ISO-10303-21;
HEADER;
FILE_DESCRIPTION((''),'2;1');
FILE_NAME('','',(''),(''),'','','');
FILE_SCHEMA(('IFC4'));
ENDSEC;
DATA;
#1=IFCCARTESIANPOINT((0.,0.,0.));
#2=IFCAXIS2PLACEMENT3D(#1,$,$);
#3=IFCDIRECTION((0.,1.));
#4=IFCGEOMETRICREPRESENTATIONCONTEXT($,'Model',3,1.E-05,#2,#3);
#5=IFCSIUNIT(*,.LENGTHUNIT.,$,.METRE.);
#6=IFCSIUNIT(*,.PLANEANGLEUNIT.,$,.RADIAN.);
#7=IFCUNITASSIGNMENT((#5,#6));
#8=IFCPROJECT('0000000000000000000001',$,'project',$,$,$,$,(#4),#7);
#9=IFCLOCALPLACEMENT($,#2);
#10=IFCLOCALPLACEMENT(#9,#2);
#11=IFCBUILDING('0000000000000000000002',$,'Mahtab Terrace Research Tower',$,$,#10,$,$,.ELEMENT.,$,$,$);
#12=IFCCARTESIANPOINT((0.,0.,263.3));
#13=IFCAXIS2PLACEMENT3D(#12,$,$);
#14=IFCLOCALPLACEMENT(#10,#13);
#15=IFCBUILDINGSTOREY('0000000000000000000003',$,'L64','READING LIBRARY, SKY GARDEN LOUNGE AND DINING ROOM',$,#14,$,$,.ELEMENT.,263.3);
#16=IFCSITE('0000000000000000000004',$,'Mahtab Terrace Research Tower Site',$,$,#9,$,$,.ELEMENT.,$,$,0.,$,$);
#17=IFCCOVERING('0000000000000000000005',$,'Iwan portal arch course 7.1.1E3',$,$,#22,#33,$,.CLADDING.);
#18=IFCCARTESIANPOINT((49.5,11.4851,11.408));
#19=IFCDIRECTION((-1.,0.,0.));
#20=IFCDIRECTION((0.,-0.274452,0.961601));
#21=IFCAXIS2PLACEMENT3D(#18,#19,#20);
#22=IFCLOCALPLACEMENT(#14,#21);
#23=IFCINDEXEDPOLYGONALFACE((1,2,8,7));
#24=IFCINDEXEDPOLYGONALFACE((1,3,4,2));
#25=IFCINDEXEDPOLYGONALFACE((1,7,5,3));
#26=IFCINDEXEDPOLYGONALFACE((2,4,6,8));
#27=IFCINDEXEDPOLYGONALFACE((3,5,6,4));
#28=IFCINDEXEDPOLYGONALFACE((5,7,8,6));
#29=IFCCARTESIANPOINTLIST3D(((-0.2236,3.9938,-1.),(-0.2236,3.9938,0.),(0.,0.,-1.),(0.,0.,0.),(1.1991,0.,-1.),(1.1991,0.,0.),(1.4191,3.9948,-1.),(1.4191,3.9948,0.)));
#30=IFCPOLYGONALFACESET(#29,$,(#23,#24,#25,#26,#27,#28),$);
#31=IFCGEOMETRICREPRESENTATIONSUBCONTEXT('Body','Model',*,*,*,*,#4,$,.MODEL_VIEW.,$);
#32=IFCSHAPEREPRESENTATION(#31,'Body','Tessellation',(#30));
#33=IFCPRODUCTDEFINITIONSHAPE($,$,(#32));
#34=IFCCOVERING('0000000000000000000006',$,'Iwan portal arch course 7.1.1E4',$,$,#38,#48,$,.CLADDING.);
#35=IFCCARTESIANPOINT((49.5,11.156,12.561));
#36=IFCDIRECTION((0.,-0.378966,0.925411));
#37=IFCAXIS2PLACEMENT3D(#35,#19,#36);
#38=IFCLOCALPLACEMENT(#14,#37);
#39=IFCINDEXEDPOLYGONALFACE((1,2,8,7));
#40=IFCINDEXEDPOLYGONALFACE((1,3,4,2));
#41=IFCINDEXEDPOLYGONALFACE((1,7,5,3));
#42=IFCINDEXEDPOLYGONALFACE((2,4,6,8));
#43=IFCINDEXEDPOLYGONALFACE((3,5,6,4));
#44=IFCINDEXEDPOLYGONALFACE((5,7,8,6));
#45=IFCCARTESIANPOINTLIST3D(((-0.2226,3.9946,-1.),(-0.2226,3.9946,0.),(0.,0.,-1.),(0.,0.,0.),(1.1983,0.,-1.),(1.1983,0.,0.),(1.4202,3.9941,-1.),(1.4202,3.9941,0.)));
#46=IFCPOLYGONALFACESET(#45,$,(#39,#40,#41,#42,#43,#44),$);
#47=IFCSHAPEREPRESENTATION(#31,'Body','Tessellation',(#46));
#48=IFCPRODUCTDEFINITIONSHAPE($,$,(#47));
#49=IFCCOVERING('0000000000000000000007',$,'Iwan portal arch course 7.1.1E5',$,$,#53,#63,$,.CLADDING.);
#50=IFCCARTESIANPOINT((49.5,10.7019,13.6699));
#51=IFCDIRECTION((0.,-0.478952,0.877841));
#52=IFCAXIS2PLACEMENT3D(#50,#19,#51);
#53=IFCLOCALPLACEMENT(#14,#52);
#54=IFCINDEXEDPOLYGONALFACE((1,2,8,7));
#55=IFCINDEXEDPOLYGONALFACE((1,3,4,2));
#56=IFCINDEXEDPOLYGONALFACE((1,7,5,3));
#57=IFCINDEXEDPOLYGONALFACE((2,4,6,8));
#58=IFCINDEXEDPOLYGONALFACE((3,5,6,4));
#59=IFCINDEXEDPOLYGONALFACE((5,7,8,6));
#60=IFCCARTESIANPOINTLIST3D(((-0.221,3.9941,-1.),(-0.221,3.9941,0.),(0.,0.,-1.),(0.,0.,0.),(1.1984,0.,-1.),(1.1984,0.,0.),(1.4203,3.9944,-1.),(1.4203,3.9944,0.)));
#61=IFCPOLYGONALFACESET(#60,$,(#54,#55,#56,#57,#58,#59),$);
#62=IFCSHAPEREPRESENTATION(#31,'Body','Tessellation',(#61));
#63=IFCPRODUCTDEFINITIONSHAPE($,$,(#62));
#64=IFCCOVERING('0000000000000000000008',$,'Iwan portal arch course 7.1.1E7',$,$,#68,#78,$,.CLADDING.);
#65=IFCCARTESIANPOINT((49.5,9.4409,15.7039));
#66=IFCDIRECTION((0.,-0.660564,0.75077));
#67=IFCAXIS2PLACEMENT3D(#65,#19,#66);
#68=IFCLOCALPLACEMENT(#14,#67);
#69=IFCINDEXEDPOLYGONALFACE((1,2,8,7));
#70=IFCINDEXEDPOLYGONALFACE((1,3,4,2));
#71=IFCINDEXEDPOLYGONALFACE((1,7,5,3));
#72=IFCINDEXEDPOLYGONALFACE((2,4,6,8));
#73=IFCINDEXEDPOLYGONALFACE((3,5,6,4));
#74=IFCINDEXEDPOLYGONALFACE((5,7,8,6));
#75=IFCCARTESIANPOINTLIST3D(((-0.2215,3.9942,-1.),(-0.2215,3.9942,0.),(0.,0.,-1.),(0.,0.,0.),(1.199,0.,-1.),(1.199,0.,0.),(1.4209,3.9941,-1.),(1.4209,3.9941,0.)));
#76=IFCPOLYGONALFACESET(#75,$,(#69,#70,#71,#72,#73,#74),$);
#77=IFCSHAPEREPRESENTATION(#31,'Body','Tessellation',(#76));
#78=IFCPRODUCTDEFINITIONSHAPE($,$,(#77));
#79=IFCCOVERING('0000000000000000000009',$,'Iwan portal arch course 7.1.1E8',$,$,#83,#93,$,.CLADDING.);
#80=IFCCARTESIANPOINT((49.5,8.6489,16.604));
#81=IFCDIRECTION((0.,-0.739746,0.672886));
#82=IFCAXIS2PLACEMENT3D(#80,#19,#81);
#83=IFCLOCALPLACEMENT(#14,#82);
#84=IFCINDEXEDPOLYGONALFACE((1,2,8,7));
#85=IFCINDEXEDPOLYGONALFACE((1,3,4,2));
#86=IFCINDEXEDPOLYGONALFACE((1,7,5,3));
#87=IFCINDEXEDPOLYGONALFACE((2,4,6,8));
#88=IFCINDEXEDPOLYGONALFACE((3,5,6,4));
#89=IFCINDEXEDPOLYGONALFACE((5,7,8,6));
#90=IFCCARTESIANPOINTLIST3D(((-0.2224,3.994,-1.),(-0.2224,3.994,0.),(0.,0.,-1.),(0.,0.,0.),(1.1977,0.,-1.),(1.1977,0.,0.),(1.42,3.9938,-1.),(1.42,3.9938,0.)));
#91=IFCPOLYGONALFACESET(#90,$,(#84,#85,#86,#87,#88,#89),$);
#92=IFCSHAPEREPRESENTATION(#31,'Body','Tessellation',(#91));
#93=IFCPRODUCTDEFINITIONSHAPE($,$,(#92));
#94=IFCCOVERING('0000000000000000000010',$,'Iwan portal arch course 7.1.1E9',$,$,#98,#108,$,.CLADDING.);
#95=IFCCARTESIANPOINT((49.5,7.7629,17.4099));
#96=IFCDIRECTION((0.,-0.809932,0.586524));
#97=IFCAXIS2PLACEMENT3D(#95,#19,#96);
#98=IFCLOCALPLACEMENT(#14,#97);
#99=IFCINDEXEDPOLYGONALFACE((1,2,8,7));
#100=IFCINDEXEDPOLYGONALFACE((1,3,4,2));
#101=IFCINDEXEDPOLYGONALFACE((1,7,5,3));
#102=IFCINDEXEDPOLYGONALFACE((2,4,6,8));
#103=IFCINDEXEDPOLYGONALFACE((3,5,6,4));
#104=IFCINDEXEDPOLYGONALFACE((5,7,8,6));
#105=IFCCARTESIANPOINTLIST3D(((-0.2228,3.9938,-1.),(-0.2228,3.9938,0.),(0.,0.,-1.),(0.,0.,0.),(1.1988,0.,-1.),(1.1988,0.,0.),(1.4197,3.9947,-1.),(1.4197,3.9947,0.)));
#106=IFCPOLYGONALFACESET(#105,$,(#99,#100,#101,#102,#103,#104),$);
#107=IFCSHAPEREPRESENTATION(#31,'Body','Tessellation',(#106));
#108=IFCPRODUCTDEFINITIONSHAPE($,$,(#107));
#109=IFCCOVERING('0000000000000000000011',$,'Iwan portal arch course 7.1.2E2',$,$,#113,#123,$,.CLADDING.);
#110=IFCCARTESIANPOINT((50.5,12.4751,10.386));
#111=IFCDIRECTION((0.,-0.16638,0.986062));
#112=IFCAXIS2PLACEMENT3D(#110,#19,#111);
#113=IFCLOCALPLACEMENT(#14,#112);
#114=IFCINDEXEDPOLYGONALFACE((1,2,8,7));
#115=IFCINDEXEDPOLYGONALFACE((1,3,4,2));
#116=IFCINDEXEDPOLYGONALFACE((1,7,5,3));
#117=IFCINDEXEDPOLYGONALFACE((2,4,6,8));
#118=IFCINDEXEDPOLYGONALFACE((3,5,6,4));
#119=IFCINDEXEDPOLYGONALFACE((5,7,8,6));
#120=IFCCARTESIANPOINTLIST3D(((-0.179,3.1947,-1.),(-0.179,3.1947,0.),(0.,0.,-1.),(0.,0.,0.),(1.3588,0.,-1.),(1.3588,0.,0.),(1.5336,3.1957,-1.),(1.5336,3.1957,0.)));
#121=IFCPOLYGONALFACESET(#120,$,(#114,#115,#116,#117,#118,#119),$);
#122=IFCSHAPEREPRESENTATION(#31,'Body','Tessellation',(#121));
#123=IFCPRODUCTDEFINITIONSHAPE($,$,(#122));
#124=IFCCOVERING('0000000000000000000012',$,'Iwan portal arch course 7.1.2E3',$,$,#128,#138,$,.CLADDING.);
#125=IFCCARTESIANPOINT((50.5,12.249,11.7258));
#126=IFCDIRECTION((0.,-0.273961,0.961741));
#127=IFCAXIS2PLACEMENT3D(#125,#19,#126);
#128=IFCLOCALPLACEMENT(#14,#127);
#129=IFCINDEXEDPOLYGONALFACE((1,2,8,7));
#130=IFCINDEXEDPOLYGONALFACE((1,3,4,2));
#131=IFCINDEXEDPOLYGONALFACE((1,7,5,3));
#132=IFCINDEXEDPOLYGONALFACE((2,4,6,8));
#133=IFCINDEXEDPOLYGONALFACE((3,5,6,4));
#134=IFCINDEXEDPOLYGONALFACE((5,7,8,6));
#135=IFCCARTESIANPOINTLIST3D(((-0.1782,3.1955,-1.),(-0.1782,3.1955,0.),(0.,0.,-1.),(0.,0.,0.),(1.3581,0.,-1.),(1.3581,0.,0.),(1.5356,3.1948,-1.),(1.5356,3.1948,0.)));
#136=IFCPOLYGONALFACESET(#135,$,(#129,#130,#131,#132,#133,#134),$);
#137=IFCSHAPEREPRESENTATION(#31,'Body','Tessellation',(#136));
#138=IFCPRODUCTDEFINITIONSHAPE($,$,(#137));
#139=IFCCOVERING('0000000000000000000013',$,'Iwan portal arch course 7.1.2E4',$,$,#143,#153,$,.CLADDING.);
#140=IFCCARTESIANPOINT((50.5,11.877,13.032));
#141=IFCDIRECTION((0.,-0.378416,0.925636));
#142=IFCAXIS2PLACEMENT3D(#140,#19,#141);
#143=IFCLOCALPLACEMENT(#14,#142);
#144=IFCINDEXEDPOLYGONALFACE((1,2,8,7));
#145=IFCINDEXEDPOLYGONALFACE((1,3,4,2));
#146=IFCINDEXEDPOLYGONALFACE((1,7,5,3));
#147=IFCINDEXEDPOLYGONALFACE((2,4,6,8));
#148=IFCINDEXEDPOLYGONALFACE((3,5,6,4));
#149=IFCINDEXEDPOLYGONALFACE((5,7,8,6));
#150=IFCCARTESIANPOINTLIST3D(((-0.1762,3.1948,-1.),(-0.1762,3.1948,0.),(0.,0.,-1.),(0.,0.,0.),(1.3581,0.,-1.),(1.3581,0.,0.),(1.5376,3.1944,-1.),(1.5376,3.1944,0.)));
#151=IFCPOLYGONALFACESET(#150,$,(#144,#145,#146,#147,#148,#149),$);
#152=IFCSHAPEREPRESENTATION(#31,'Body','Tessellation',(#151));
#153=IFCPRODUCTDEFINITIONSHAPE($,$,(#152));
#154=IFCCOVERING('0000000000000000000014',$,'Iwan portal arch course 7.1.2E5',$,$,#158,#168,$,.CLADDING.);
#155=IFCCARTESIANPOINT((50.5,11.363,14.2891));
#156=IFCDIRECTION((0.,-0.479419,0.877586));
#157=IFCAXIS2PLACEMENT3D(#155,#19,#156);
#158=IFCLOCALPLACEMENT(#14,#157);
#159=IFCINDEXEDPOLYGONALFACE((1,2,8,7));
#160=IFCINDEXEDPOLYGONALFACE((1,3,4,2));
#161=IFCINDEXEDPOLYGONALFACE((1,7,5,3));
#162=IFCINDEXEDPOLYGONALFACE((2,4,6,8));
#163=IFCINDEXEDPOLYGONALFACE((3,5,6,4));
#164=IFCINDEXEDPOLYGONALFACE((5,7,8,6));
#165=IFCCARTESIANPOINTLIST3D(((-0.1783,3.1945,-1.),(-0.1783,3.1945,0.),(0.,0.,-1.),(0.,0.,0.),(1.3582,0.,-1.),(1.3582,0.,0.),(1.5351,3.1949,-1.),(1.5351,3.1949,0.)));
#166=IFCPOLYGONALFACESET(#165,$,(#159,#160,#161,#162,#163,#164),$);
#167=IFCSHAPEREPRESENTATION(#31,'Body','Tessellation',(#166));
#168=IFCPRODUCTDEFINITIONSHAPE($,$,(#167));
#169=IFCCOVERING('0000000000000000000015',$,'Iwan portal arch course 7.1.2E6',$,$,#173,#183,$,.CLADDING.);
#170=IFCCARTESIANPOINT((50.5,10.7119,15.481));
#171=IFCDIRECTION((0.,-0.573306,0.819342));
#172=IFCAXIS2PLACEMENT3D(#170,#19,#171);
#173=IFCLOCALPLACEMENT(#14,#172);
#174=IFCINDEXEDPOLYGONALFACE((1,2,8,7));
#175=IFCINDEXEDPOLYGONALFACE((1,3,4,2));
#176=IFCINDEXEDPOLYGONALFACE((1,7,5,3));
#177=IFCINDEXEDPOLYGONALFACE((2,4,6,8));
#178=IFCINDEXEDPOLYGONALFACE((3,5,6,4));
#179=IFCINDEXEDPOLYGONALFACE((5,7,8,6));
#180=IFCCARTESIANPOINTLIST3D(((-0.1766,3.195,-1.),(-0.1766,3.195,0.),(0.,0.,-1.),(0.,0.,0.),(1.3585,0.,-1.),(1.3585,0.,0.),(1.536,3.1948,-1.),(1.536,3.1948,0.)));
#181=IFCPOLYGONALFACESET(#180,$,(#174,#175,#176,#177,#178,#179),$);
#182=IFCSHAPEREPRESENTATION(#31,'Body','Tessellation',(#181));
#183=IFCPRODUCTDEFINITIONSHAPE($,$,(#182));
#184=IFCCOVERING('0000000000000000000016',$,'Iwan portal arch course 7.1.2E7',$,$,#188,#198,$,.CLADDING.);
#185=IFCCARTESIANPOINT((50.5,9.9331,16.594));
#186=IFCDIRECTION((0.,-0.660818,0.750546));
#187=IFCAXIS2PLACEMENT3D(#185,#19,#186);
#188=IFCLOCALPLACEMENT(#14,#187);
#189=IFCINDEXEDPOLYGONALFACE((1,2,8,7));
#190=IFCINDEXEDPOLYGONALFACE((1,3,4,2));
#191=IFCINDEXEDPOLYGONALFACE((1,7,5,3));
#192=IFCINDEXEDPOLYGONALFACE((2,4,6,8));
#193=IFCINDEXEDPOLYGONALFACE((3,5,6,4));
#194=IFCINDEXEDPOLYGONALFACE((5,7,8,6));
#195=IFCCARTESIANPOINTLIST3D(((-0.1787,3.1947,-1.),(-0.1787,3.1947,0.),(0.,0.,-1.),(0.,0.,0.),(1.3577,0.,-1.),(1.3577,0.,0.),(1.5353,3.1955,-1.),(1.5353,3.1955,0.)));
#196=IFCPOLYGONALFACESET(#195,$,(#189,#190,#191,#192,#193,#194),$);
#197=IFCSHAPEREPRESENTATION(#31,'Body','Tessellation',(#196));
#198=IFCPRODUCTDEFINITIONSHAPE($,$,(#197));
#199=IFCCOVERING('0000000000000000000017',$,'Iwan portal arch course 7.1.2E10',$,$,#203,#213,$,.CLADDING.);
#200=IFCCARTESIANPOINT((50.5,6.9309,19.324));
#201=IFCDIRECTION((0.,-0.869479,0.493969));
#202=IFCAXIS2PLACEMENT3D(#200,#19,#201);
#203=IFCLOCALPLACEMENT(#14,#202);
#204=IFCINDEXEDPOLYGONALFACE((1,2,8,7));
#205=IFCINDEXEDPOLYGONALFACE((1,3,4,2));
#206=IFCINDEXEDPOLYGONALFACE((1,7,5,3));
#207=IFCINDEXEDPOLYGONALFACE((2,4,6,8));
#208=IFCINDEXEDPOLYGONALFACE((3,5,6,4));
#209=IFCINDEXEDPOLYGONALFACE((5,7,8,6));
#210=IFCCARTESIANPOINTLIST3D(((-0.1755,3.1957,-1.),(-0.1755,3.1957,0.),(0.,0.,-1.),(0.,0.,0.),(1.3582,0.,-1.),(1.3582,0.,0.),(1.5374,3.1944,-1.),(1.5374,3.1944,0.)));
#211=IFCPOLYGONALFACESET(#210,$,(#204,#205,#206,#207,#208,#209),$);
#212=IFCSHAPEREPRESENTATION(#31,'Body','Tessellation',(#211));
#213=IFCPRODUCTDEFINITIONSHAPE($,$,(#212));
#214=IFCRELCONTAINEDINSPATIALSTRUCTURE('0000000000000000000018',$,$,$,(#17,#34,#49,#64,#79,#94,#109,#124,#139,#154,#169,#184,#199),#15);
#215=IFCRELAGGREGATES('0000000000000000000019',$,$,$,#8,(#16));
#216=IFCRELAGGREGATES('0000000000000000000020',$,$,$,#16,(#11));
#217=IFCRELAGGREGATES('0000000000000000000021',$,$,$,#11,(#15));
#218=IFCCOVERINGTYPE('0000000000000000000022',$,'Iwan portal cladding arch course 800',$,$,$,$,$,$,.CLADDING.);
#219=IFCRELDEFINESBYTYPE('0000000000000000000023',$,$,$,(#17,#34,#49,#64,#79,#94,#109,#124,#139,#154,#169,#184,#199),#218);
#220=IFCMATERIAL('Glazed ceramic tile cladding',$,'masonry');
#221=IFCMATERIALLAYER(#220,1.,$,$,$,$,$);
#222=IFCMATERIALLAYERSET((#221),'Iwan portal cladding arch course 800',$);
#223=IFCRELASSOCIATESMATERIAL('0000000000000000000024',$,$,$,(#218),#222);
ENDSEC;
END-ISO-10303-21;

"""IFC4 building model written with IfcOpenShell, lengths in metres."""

from ifc_helpers import new_model, si_unit, direction, frame, origin, place, context, subcontext, project, spatial, polyline, outline, extrude, material, layer, layer_set, type_object, element, save


model = new_model("IFC4")

# Units and contexts
model_context = context("Model", 3, precision=1e-05, world=origin(), true_north=direction((0.0, 1.0)))
body_context = subcontext(model_context, "Body", "Model", "MODEL_VIEW")
ifc_project = project(units=[si_unit("LENGTHUNIT", "METRE"), si_unit("PLANEANGLEUNIT", "RADIAN")], contexts=[model_context])

# Site, building, storey
site_placement = place(None, origin())
site = spatial("IfcSite", under=ifc_project, at=site_placement, Name="Mahtab Terrace Research Tower Site", CompositionType="ELEMENT", RefElevation=0.0)
building_placement = place(site_placement, origin())
building = spatial("IfcBuilding", under=site, at=building_placement, Name="Mahtab Terrace Research Tower", CompositionType="ELEMENT")
storey_placement = place(building_placement, frame((0.0, 0.0, 263.3)))
storey = spatial("IfcBuildingStorey", under=building, at=storey_placement, Name="L64", Description="READING LIBRARY, SKY GARDEN LOUNGE AND DINING ROOM", CompositionType="ELEMENT", Elevation=263.3)

# Coverings
ifc_material = material(Name="Glazed ceramic tile cladding", Category="masonry")
ifc_layer = layer(ifc_material, 1.0)
ifc_layer_set = layer_set([ifc_layer], Name="Iwan portal cladding arch course 800")
covering_type = type_object("IfcCoveringType", Name="Iwan portal cladding arch course 800", PredefinedType="CLADDING", material=ifc_layer_set)
covering_1_placement = place(storey_placement, frame((49.5, 11.4851, 11.408), z_axis=(-1.0, 0.0, 0.0), x_axis=(0.0, -0.274452, 0.961601)))
element("IfcCovering", 1, at=covering_1_placement, inside=storey, type_object=covering_type, Name="Iwan portal arch course 7.1.1E3", PredefinedType="CLADDING", context=body_context, shape_type="SweptSolid", body=[
    extrude(outline(polyline([(0.0, 0.0), (1.1991, 0.0), (1.4191, 3.9948), (-0.2236, 3.9938), (0.0, 0.0)])), origin(), (0.0, 0.0, -1.0), 1.0),
])
covering_2_placement = place(storey_placement, frame((49.5, 11.156, 12.561), z_axis=(-1.0, 0.0, 0.0), x_axis=(0.0, -0.378966, 0.925411)))
element("IfcCovering", 2, at=covering_2_placement, inside=storey, type_object=covering_type, Name="Iwan portal arch course 7.1.1E4", PredefinedType="CLADDING", context=body_context, shape_type="SweptSolid", body=[
    extrude(outline(polyline([(0.0, 0.0), (1.1983, 0.0), (1.4202, 3.9941), (-0.2226, 3.9946), (0.0, 0.0)])), origin(), (0.0, 0.0, -1.0), 1.0),
])
covering_3_placement = place(storey_placement, frame((49.5, 10.7019, 13.6699), z_axis=(-1.0, 0.0, 0.0), x_axis=(0.0, -0.478952, 0.877841)))
element("IfcCovering", 3, at=covering_3_placement, inside=storey, type_object=covering_type, Name="Iwan portal arch course 7.1.1E5", PredefinedType="CLADDING", context=body_context, shape_type="SweptSolid", body=[
    extrude(outline(polyline([(0.0, 0.0), (1.1984, 0.0), (1.4203, 3.9944), (-0.221, 3.9941), (0.0, 0.0)])), origin(), (0.0, 0.0, -1.0), 1.0),
])
covering_4_placement = place(storey_placement, frame((49.5, 9.4409, 15.7039), z_axis=(-1.0, 0.0, 0.0), x_axis=(0.0, -0.660564, 0.75077)))
element("IfcCovering", 4, at=covering_4_placement, inside=storey, type_object=covering_type, Name="Iwan portal arch course 7.1.1E7", PredefinedType="CLADDING", context=body_context, shape_type="SweptSolid", body=[
    extrude(outline(polyline([(0.0, 0.0), (1.199, 0.0), (1.4209, 3.9941), (-0.2215, 3.9942), (0.0, 0.0)])), origin(), (0.0, 0.0, -1.0), 1.0),
])
covering_5_placement = place(storey_placement, frame((49.5, 8.6489, 16.604), z_axis=(-1.0, 0.0, 0.0), x_axis=(0.0, -0.739746, 0.672886)))
element("IfcCovering", 5, at=covering_5_placement, inside=storey, type_object=covering_type, Name="Iwan portal arch course 7.1.1E8", PredefinedType="CLADDING", context=body_context, shape_type="SweptSolid", body=[
    extrude(outline(polyline([(0.0, 0.0), (1.1977, 0.0), (1.42, 3.9938), (-0.2224, 3.994), (0.0, 0.0)])), origin(), (0.0, 0.0, -1.0), 1.0),
])
covering_6_placement = place(storey_placement, frame((49.5, 7.7629, 17.4099), z_axis=(-1.0, 0.0, 0.0), x_axis=(0.0, -0.809932, 0.586524)))
element("IfcCovering", 6, at=covering_6_placement, inside=storey, type_object=covering_type, Name="Iwan portal arch course 7.1.1E9", PredefinedType="CLADDING", context=body_context, shape_type="SweptSolid", body=[
    extrude(outline(polyline([(0.0, 0.0), (1.1988, 0.0), (1.4197, 3.9947), (-0.2228, 3.9938), (0.0, 0.0)])), origin(), (0.0, 0.0, -1.0), 1.0),
])
covering_7_placement = place(storey_placement, frame((50.5, 12.4751, 10.386), z_axis=(-1.0, 0.0, 0.0), x_axis=(0.0, -0.16638, 0.986062)))
element("IfcCovering", 7, at=covering_7_placement, inside=storey, type_object=covering_type, Name="Iwan portal arch course 7.1.2E2", PredefinedType="CLADDING", context=body_context, shape_type="SweptSolid", body=[
    extrude(outline(polyline([(0.0, 0.0), (1.3588, 0.0), (1.5336, 3.1957), (-0.179, 3.1947), (0.0, 0.0)])), origin(), (0.0, 0.0, -1.0), 1.0),
])
covering_8_placement = place(storey_placement, frame((50.5, 12.249, 11.7258), z_axis=(-1.0, 0.0, 0.0), x_axis=(0.0, -0.273961, 0.961741)))
element("IfcCovering", 8, at=covering_8_placement, inside=storey, type_object=covering_type, Name="Iwan portal arch course 7.1.2E3", PredefinedType="CLADDING", context=body_context, shape_type="SweptSolid", body=[
    extrude(outline(polyline([(0.0, 0.0), (1.3581, 0.0), (1.5356, 3.1948), (-0.1782, 3.1955), (0.0, 0.0)])), origin(), (0.0, 0.0, -1.0), 1.0),
])
covering_9_placement = place(storey_placement, frame((50.5, 11.877, 13.032), z_axis=(-1.0, 0.0, 0.0), x_axis=(0.0, -0.378416, 0.925636)))
element("IfcCovering", 9, at=covering_9_placement, inside=storey, type_object=covering_type, Name="Iwan portal arch course 7.1.2E4", PredefinedType="CLADDING", context=body_context, shape_type="SweptSolid", body=[
    extrude(outline(polyline([(0.0, 0.0), (1.3581, 0.0), (1.5376, 3.1944), (-0.1762, 3.1948), (0.0, 0.0)])), origin(), (0.0, 0.0, -1.0), 1.0),
])
covering_10_placement = place(storey_placement, frame((50.5, 11.363, 14.2891), z_axis=(-1.0, 0.0, 0.0), x_axis=(0.0, -0.479419, 0.877586)))
element("IfcCovering", 10, at=covering_10_placement, inside=storey, type_object=covering_type, Name="Iwan portal arch course 7.1.2E5", PredefinedType="CLADDING", context=body_context, shape_type="SweptSolid", body=[
    extrude(outline(polyline([(0.0, 0.0), (1.3582, 0.0), (1.5351, 3.1949), (-0.1783, 3.1945), (0.0, 0.0)])), origin(), (0.0, 0.0, -1.0), 1.0),
])
covering_11_placement = place(storey_placement, frame((50.5, 10.7119, 15.481), z_axis=(-1.0, 0.0, 0.0), x_axis=(0.0, -0.573306, 0.819342)))
element("IfcCovering", 11, at=covering_11_placement, inside=storey, type_object=covering_type, Name="Iwan portal arch course 7.1.2E6", PredefinedType="CLADDING", context=body_context, shape_type="SweptSolid", body=[
    extrude(outline(polyline([(0.0, 0.0), (1.3585, 0.0), (1.536, 3.1948), (-0.1766, 3.195), (0.0, 0.0)])), origin(), (0.0, 0.0, -1.0), 1.0),
])
covering_12_placement = place(storey_placement, frame((50.5, 9.9331, 16.594), z_axis=(-1.0, 0.0, 0.0), x_axis=(0.0, -0.660818, 0.750546)))
element("IfcCovering", 12, at=covering_12_placement, inside=storey, type_object=covering_type, Name="Iwan portal arch course 7.1.2E7", PredefinedType="CLADDING", context=body_context, shape_type="SweptSolid", body=[
    extrude(outline(polyline([(0.0, 0.0), (1.3577, 0.0), (1.5353, 3.1955), (-0.1787, 3.1947), (0.0, 0.0)])), origin(), (0.0, 0.0, -1.0), 1.0),
])
covering_13_placement = place(storey_placement, frame((50.5, 6.9309, 19.324), z_axis=(-1.0, 0.0, 0.0), x_axis=(0.0, -0.869479, 0.493969)))
element("IfcCovering", 13, at=covering_13_placement, inside=storey, type_object=covering_type, Name="Iwan portal arch course 7.1.2E10", PredefinedType="CLADDING", context=body_context, shape_type="SweptSolid", body=[
    extrude(outline(polyline([(0.0, 0.0), (1.3582, 0.0), (1.5374, 3.1944), (-0.1755, 3.1957), (0.0, 0.0)])), origin(), (0.0, 0.0, -1.0), 1.0),
])

save(model, "model.ifc")
